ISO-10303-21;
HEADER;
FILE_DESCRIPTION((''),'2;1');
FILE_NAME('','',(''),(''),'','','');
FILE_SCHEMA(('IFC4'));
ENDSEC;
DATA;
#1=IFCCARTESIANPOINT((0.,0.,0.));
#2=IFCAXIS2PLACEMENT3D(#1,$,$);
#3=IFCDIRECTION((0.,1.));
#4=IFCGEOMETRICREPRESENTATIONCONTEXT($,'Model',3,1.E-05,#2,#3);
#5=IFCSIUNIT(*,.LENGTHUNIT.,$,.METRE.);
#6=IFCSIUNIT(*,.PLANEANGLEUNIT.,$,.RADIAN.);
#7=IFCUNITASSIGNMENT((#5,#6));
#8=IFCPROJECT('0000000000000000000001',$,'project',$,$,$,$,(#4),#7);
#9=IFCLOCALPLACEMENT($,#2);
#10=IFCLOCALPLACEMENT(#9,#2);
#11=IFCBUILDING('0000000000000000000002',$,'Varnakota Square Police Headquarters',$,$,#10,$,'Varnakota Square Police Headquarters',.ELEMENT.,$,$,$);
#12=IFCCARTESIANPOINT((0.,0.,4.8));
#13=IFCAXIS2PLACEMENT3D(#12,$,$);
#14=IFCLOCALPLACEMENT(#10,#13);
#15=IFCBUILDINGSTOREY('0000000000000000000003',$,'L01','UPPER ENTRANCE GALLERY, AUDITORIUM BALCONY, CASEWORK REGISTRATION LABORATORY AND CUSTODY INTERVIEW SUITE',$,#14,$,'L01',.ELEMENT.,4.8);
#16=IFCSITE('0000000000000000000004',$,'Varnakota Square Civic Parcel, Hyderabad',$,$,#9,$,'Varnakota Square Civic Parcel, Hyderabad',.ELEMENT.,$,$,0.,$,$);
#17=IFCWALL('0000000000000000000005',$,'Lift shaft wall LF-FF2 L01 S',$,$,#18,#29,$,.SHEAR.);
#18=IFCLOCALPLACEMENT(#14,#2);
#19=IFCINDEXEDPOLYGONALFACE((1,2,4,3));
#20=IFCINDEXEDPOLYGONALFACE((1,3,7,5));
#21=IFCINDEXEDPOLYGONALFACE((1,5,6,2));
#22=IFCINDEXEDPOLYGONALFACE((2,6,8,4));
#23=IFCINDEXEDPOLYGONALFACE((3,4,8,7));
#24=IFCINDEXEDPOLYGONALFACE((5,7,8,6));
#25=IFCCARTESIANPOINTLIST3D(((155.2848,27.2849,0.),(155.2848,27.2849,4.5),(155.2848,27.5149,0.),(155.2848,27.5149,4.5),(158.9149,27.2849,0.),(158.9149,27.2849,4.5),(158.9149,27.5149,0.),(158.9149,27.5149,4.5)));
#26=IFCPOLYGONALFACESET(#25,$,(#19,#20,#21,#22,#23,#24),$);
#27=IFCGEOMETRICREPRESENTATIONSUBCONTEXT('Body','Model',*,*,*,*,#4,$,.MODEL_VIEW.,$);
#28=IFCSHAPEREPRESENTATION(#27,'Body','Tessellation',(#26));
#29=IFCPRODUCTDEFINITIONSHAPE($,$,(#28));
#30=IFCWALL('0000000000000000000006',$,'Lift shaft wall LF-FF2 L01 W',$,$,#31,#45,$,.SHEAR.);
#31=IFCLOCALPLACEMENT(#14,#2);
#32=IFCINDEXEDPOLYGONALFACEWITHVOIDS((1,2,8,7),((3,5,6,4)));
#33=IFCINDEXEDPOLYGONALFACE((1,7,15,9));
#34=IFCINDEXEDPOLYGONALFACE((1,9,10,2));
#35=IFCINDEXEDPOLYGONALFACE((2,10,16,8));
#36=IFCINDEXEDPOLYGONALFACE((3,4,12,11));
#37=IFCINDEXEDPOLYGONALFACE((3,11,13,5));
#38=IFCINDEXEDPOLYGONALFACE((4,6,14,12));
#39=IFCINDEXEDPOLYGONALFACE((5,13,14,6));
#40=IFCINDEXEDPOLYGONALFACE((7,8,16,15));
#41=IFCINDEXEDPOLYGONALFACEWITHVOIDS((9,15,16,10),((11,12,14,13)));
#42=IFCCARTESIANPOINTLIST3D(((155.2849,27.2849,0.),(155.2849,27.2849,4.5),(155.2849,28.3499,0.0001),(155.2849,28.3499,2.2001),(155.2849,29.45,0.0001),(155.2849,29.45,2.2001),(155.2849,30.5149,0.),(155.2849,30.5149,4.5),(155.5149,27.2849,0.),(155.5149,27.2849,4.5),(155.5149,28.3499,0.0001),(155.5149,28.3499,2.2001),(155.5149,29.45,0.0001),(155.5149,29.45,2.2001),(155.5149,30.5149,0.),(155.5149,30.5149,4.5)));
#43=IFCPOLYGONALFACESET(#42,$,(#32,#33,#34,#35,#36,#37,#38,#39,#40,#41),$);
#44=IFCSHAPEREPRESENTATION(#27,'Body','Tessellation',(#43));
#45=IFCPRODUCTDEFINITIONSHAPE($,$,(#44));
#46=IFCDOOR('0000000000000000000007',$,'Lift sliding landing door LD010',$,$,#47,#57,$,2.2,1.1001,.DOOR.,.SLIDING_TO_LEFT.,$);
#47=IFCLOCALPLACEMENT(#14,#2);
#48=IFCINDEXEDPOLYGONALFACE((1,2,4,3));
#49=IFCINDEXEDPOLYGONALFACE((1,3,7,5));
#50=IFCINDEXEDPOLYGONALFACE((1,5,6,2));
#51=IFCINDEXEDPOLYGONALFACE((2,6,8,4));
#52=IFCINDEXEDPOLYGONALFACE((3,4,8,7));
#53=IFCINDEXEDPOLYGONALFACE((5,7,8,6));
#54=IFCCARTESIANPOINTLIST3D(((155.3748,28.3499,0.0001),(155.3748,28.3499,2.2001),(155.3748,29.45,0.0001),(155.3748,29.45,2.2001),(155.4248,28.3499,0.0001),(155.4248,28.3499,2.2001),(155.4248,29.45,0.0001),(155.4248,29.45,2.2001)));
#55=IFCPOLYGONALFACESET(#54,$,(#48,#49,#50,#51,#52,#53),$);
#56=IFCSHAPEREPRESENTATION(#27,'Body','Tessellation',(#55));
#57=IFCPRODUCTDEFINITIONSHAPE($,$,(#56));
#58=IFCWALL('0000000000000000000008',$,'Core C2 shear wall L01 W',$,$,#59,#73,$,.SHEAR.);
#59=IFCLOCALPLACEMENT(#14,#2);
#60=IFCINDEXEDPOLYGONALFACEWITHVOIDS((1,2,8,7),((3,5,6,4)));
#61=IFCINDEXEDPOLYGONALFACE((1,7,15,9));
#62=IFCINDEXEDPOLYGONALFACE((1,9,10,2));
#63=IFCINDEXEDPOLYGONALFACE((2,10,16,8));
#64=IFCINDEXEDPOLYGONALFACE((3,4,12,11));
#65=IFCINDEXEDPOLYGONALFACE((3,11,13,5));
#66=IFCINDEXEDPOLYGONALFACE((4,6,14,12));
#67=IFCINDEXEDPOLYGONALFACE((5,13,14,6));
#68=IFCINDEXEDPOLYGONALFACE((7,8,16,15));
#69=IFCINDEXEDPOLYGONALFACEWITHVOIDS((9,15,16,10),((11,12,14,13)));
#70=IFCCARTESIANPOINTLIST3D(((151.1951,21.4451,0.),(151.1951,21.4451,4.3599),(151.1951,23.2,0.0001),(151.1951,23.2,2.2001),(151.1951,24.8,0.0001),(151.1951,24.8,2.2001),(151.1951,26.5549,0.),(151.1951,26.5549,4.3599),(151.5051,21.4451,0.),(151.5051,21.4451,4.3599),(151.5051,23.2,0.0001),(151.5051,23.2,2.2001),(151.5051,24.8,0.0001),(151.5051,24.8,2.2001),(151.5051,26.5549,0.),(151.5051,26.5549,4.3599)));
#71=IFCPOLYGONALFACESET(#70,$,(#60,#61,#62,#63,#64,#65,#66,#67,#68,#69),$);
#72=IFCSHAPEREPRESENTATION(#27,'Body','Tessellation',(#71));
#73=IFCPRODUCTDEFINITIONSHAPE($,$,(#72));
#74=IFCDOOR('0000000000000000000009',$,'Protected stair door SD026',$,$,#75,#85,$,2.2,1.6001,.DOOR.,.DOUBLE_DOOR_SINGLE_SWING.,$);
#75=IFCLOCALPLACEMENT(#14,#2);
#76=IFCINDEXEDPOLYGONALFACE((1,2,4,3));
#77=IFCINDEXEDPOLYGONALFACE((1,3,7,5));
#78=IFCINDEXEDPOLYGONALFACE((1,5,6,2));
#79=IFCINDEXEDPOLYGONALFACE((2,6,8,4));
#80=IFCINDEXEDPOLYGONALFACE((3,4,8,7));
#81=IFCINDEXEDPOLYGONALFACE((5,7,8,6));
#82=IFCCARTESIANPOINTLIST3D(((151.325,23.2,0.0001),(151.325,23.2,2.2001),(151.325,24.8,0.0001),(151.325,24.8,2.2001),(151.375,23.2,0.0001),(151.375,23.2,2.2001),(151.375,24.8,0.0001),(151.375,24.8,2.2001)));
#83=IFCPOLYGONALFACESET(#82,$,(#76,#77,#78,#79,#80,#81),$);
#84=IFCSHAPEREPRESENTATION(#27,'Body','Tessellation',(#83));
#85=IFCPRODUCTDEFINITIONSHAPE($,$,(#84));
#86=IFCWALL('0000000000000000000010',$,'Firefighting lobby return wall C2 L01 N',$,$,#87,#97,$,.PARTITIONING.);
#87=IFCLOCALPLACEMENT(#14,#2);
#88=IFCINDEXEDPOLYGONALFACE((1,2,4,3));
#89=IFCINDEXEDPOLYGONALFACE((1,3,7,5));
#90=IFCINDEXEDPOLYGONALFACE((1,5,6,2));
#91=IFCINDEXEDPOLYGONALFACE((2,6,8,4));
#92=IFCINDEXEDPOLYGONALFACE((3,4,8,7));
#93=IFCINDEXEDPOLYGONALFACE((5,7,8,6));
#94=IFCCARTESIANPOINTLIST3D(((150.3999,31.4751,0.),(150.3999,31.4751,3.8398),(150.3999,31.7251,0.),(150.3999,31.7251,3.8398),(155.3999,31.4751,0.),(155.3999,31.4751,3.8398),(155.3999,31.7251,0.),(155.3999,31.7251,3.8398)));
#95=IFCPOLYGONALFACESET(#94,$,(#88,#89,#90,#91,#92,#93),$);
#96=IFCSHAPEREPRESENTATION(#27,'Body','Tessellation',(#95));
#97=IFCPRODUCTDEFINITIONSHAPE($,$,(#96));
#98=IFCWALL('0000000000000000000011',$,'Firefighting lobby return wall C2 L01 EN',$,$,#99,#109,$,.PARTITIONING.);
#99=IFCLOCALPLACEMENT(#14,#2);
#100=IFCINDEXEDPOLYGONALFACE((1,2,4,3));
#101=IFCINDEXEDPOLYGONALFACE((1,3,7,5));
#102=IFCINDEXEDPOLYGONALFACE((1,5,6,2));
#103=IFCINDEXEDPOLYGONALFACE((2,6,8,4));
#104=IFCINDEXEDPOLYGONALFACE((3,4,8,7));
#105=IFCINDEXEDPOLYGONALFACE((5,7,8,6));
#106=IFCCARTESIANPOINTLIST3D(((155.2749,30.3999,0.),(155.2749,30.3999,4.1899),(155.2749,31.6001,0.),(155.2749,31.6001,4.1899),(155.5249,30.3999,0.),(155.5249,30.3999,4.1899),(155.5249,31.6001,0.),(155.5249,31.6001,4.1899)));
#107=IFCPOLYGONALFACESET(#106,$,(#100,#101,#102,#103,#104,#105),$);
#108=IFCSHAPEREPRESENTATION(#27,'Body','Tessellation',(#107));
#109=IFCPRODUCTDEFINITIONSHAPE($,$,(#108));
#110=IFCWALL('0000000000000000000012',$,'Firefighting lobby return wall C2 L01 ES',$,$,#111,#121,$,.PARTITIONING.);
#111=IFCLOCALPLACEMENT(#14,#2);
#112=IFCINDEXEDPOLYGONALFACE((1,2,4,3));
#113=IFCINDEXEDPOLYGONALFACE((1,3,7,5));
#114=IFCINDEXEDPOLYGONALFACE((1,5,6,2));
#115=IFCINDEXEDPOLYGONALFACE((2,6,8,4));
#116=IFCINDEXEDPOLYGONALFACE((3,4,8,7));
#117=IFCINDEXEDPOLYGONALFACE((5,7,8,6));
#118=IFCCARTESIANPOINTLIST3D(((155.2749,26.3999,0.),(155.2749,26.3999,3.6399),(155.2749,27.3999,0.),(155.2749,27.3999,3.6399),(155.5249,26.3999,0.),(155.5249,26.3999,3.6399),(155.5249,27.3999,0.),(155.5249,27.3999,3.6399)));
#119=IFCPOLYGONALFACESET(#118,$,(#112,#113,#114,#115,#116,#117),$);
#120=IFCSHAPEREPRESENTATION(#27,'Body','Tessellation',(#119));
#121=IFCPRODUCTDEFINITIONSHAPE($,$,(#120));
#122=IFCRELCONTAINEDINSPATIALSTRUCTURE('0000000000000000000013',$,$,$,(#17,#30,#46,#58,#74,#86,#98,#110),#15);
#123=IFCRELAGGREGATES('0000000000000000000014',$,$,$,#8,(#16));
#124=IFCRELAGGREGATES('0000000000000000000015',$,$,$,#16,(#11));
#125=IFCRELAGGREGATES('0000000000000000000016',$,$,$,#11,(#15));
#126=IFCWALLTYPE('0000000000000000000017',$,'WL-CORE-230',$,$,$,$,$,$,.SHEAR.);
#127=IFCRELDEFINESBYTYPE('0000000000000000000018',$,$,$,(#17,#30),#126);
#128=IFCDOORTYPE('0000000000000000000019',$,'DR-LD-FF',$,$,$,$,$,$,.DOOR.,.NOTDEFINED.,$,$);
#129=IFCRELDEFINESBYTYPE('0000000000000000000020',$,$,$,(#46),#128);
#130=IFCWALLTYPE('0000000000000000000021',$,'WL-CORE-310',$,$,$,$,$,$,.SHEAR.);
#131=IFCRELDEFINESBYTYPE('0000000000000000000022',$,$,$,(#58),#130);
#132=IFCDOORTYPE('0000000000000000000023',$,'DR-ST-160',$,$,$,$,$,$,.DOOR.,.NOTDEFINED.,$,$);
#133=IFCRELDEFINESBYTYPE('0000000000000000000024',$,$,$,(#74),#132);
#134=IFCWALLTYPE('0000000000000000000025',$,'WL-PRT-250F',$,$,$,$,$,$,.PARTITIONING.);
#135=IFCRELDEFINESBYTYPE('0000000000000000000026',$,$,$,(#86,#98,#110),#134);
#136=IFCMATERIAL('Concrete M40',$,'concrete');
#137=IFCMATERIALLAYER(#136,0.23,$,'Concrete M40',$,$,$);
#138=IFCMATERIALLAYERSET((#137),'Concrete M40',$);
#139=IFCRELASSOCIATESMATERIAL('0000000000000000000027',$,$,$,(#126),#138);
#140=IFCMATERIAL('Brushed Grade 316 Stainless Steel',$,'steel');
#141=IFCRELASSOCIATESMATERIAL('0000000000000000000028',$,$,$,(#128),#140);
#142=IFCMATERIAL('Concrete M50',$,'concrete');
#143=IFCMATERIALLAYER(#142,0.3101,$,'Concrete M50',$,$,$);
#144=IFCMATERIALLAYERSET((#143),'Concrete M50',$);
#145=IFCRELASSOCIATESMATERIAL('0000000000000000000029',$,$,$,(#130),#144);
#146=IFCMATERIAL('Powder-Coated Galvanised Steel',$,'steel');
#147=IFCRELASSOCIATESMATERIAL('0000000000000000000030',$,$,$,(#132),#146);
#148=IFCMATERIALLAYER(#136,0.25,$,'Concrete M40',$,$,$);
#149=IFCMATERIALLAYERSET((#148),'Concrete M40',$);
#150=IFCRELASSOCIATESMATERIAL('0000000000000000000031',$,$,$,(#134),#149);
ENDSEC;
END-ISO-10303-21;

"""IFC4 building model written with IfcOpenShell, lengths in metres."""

from ifc_helpers import new_model, si_unit, direction, frame, frame_2d, origin, place, context, subcontext, project, spatial, rectangle, extrude, material, layer, layer_set, type_object, element, fill, save


model = new_model("IFC4")

# Units and contexts
model_context = context("Model", 3, precision=1e-05, world=origin(), true_north=direction((0.0, 1.0)))
body_context = subcontext(model_context, "Body", "Model", "MODEL_VIEW")
ifc_project = project(units=[si_unit("LENGTHUNIT", "METRE"), si_unit("PLANEANGLEUNIT", "RADIAN")], contexts=[model_context])

# Site, building, storey
site_placement = place(None, origin())
site = spatial("IfcSite", under=ifc_project, at=site_placement, Name="Varnakota Square Civic Parcel, Hyderabad", LongName="Varnakota Square Civic Parcel, Hyderabad", CompositionType="ELEMENT", RefElevation=0.0)
building_placement = place(site_placement, origin())
building = spatial("IfcBuilding", under=site, at=building_placement, Name="Varnakota Square Police Headquarters", LongName="Varnakota Square Police Headquarters", CompositionType="ELEMENT")
storey_placement = place(building_placement, frame((0.0, 0.0, 4.8)))
storey = spatial("IfcBuildingStorey", under=building, at=storey_placement, Name="L01", Description="UPPER ENTRANCE GALLERY, AUDITORIUM BALCONY, CASEWORK REGISTRATION LABORATORY AND CUSTODY INTERVIEW SUITE", LongName="L01", CompositionType="ELEMENT", Elevation=4.8)

# Wall
ifc_material_1 = material(Name="Concrete M40", Category="concrete")
ifc_layer_1 = layer(ifc_material_1, 0.23, Name="Concrete M40")
ifc_layer_set_1 = layer_set([ifc_layer_1], Name="Concrete M40")
wall_type_1 = type_object("IfcWallType", Name="WL-CORE-230", PredefinedType="SHEAR", material=ifc_layer_set_1)
wall_1_placement = place(storey_placement, frame((155.2849, 27.3999, 0.0), z_axis=(0.0, 0.0, 1.0), x_axis=(1.0, 0.0, 0.0)))
element("IfcWall", 1, at=wall_1_placement, inside=storey, type_object=wall_type_1, Name="Lift shaft wall LF-FF2 L01 S", PredefinedType="SHEAR", context=body_context, shape_type="SweptSolid", body=[
    extrude(rectangle(XDim=3.6301, YDim=0.23, at=frame_2d((1.8149, 0.0))), origin(), (0.0, 0.0, 1.0), 4.5),
])

# Walls, openings, doors
wall_2_placement = place(storey_placement, frame((155.3999, 30.5149, 0.0), z_axis=(0.0, 0.0, 1.0), x_axis=(0.0, -1.0, 0.0)))
wall_2 = element("IfcWall", 2, at=wall_2_placement, inside=storey, type_object=wall_type_1, Name="Lift shaft wall LF-FF2 L01 W", PredefinedType="SHEAR", context=body_context, shape_type="SweptSolid", body=[
    extrude(rectangle(XDim=3.23, YDim=0.23, at=frame_2d((1.615, 0.0))), origin(), (0.0, 0.0, 1.0), 4.5),
])
opening_1_placement = place(wall_2_placement, frame((1.0649, 0.0, 0.0)))
opening_1 = element("IfcOpeningElement", 3, at=opening_1_placement, cuts=wall_2, PredefinedType="OPENING", context=body_context, shape_type="SweptSolid", body=[
    extrude(rectangle(XDim=1.1001, YDim=2.2, at=frame_2d((0.55, 1.1001))), frame((0.0, 0.125, 0.0), z_axis=(0.0, -1.0, 0.0), x_axis=(1.0, 0.0, 0.0)), (0.0, 0.0, 1.0), 0.25),
])
ifc_material_2 = material(Name="Brushed Grade 316 Stainless Steel", Category="steel")
door_type_1 = type_object("IfcDoorType", Name="DR-LD-FF", OperationType="NOTDEFINED", PredefinedType="DOOR", material=ifc_material_2)
door_1_placement = place(opening_1_placement, origin())
door_1 = element("IfcDoor", 4, at=door_1_placement, inside=storey, type_object=door_type_1, Name="Lift sliding landing door LD010", OperationType="SLIDING_TO_LEFT", OverallHeight=2.2, OverallWidth=1.1001, PredefinedType="DOOR", context=body_context, shape_type="SweptSolid", body=[
    extrude(rectangle(XDim=1.1001, YDim=2.2, at=frame_2d((0.55, 1.1001))), frame((0.0, 0.0249, 0.0), z_axis=(0.0, -1.0, 0.0), x_axis=(1.0, 0.0, 0.0)), (0.0, 0.0, 1.0), 0.05),
])
fill(opening_1, door_1)
ifc_material_3 = material(Name="Concrete M50", Category="concrete")
ifc_layer_2 = layer(ifc_material_3, 0.3101, Name="Concrete M50")
ifc_layer_set_2 = layer_set([ifc_layer_2], Name="Concrete M50")
wall_type_2 = type_object("IfcWallType", Name="WL-CORE-310", PredefinedType="SHEAR", material=ifc_layer_set_2)
wall_3_placement = place(storey_placement, frame((151.3501, 26.5549, 0.0), z_axis=(0.0, 0.0, 1.0), x_axis=(0.0, -1.0, 0.0)))
wall_3 = element("IfcWall", 5, at=wall_3_placement, inside=storey, type_object=wall_type_2, Name="Core C2 shear wall L01 W", PredefinedType="SHEAR", context=body_context, shape_type="SweptSolid", body=[
    extrude(rectangle(XDim=5.1099, YDim=0.3101, at=frame_2d((2.5549, 0.0))), origin(), (0.0, 0.0, 1.0), 4.3599),
])
opening_2_placement = place(wall_3_placement, frame((1.7549, 0.0, 0.0)))
opening_2 = element("IfcOpeningElement", 6, at=opening_2_placement, cuts=wall_3, PredefinedType="OPENING", context=body_context, shape_type="SweptSolid", body=[
    extrude(rectangle(XDim=1.6001, YDim=2.2, at=frame_2d((0.8, 1.1001))), frame((0.0, 0.165, 0.0), z_axis=(0.0, -1.0, 0.0), x_axis=(1.0, 0.0, 0.0)), (0.0, 0.0, 1.0), 0.3301),
])
ifc_material_4 = material(Name="Powder-Coated Galvanised Steel", Category="steel")
door_type_2 = type_object("IfcDoorType", Name="DR-ST-160", OperationType="NOTDEFINED", PredefinedType="DOOR", material=ifc_material_4)
door_2_placement = place(opening_2_placement, origin())
door_2 = element("IfcDoor", 7, at=door_2_placement, inside=storey, type_object=door_type_2, Name="Protected stair door SD026", OperationType="DOUBLE_DOOR_SINGLE_SWING", OverallHeight=2.2, OverallWidth=1.6001, PredefinedType="DOOR", context=body_context, shape_type="SweptSolid", body=[
    extrude(rectangle(XDim=1.6001, YDim=2.2, at=frame_2d((0.8, 1.1001))), frame((0.0, 0.0249, 0.0), z_axis=(0.0, -1.0, 0.0), x_axis=(1.0, 0.0, 0.0)), (0.0, 0.0, 1.0), 0.05),
])
fill(opening_2, door_2)
ifc_layer_3 = layer(ifc_material_1, 0.25, Name="Concrete M40")
ifc_layer_set_3 = layer_set([ifc_layer_3], Name="Concrete M40")
wall_type_3 = type_object("IfcWallType", Name="WL-PRT-250F", PredefinedType="PARTITIONING", material=ifc_layer_set_3)

# Walls
wall_4_placement = place(storey_placement, frame((150.3999, 31.6001, 0.0), z_axis=(0.0, 0.0, 1.0), x_axis=(1.0, 0.0, 0.0)))
element("IfcWall", 8, at=wall_4_placement, inside=storey, type_object=wall_type_3, Name="Firefighting lobby return wall C2 L01 N", PredefinedType="PARTITIONING", context=body_context, shape_type="SweptSolid", body=[
    extrude(rectangle(XDim=5.0, YDim=0.25, at=frame_2d((2.5, 0.0))), origin(), (0.0, 0.0, 1.0), 3.8398),
])
wall_5_placement = place(storey_placement, frame((155.3999, 30.3999, 0.0), z_axis=(0.0, 0.0, 1.0), x_axis=(0.0, 1.0, 0.0)))
element("IfcWall", 9, at=wall_5_placement, inside=storey, type_object=wall_type_3, Name="Firefighting lobby return wall C2 L01 EN", PredefinedType="PARTITIONING", context=body_context, shape_type="SweptSolid", body=[
    extrude(rectangle(XDim=1.2002, YDim=0.25, at=frame_2d((0.6001, 0.0))), origin(), (0.0, 0.0, 1.0), 4.1899),
])
wall_6_placement = place(storey_placement, frame((155.3999, 26.3999, 0.0), z_axis=(0.0, 0.0, 1.0), x_axis=(0.0, 1.0, 0.0)))
element("IfcWall", 10, at=wall_6_placement, inside=storey, type_object=wall_type_3, Name="Firefighting lobby return wall C2 L01 ES", PredefinedType="PARTITIONING", context=body_context, shape_type="SweptSolid", body=[
    extrude(rectangle(XDim=1.0, YDim=0.25, at=frame_2d((0.5, 0.0))), origin(), (0.0, 0.0, 1.0), 3.6399),
])

save(model, "model.ifc")
